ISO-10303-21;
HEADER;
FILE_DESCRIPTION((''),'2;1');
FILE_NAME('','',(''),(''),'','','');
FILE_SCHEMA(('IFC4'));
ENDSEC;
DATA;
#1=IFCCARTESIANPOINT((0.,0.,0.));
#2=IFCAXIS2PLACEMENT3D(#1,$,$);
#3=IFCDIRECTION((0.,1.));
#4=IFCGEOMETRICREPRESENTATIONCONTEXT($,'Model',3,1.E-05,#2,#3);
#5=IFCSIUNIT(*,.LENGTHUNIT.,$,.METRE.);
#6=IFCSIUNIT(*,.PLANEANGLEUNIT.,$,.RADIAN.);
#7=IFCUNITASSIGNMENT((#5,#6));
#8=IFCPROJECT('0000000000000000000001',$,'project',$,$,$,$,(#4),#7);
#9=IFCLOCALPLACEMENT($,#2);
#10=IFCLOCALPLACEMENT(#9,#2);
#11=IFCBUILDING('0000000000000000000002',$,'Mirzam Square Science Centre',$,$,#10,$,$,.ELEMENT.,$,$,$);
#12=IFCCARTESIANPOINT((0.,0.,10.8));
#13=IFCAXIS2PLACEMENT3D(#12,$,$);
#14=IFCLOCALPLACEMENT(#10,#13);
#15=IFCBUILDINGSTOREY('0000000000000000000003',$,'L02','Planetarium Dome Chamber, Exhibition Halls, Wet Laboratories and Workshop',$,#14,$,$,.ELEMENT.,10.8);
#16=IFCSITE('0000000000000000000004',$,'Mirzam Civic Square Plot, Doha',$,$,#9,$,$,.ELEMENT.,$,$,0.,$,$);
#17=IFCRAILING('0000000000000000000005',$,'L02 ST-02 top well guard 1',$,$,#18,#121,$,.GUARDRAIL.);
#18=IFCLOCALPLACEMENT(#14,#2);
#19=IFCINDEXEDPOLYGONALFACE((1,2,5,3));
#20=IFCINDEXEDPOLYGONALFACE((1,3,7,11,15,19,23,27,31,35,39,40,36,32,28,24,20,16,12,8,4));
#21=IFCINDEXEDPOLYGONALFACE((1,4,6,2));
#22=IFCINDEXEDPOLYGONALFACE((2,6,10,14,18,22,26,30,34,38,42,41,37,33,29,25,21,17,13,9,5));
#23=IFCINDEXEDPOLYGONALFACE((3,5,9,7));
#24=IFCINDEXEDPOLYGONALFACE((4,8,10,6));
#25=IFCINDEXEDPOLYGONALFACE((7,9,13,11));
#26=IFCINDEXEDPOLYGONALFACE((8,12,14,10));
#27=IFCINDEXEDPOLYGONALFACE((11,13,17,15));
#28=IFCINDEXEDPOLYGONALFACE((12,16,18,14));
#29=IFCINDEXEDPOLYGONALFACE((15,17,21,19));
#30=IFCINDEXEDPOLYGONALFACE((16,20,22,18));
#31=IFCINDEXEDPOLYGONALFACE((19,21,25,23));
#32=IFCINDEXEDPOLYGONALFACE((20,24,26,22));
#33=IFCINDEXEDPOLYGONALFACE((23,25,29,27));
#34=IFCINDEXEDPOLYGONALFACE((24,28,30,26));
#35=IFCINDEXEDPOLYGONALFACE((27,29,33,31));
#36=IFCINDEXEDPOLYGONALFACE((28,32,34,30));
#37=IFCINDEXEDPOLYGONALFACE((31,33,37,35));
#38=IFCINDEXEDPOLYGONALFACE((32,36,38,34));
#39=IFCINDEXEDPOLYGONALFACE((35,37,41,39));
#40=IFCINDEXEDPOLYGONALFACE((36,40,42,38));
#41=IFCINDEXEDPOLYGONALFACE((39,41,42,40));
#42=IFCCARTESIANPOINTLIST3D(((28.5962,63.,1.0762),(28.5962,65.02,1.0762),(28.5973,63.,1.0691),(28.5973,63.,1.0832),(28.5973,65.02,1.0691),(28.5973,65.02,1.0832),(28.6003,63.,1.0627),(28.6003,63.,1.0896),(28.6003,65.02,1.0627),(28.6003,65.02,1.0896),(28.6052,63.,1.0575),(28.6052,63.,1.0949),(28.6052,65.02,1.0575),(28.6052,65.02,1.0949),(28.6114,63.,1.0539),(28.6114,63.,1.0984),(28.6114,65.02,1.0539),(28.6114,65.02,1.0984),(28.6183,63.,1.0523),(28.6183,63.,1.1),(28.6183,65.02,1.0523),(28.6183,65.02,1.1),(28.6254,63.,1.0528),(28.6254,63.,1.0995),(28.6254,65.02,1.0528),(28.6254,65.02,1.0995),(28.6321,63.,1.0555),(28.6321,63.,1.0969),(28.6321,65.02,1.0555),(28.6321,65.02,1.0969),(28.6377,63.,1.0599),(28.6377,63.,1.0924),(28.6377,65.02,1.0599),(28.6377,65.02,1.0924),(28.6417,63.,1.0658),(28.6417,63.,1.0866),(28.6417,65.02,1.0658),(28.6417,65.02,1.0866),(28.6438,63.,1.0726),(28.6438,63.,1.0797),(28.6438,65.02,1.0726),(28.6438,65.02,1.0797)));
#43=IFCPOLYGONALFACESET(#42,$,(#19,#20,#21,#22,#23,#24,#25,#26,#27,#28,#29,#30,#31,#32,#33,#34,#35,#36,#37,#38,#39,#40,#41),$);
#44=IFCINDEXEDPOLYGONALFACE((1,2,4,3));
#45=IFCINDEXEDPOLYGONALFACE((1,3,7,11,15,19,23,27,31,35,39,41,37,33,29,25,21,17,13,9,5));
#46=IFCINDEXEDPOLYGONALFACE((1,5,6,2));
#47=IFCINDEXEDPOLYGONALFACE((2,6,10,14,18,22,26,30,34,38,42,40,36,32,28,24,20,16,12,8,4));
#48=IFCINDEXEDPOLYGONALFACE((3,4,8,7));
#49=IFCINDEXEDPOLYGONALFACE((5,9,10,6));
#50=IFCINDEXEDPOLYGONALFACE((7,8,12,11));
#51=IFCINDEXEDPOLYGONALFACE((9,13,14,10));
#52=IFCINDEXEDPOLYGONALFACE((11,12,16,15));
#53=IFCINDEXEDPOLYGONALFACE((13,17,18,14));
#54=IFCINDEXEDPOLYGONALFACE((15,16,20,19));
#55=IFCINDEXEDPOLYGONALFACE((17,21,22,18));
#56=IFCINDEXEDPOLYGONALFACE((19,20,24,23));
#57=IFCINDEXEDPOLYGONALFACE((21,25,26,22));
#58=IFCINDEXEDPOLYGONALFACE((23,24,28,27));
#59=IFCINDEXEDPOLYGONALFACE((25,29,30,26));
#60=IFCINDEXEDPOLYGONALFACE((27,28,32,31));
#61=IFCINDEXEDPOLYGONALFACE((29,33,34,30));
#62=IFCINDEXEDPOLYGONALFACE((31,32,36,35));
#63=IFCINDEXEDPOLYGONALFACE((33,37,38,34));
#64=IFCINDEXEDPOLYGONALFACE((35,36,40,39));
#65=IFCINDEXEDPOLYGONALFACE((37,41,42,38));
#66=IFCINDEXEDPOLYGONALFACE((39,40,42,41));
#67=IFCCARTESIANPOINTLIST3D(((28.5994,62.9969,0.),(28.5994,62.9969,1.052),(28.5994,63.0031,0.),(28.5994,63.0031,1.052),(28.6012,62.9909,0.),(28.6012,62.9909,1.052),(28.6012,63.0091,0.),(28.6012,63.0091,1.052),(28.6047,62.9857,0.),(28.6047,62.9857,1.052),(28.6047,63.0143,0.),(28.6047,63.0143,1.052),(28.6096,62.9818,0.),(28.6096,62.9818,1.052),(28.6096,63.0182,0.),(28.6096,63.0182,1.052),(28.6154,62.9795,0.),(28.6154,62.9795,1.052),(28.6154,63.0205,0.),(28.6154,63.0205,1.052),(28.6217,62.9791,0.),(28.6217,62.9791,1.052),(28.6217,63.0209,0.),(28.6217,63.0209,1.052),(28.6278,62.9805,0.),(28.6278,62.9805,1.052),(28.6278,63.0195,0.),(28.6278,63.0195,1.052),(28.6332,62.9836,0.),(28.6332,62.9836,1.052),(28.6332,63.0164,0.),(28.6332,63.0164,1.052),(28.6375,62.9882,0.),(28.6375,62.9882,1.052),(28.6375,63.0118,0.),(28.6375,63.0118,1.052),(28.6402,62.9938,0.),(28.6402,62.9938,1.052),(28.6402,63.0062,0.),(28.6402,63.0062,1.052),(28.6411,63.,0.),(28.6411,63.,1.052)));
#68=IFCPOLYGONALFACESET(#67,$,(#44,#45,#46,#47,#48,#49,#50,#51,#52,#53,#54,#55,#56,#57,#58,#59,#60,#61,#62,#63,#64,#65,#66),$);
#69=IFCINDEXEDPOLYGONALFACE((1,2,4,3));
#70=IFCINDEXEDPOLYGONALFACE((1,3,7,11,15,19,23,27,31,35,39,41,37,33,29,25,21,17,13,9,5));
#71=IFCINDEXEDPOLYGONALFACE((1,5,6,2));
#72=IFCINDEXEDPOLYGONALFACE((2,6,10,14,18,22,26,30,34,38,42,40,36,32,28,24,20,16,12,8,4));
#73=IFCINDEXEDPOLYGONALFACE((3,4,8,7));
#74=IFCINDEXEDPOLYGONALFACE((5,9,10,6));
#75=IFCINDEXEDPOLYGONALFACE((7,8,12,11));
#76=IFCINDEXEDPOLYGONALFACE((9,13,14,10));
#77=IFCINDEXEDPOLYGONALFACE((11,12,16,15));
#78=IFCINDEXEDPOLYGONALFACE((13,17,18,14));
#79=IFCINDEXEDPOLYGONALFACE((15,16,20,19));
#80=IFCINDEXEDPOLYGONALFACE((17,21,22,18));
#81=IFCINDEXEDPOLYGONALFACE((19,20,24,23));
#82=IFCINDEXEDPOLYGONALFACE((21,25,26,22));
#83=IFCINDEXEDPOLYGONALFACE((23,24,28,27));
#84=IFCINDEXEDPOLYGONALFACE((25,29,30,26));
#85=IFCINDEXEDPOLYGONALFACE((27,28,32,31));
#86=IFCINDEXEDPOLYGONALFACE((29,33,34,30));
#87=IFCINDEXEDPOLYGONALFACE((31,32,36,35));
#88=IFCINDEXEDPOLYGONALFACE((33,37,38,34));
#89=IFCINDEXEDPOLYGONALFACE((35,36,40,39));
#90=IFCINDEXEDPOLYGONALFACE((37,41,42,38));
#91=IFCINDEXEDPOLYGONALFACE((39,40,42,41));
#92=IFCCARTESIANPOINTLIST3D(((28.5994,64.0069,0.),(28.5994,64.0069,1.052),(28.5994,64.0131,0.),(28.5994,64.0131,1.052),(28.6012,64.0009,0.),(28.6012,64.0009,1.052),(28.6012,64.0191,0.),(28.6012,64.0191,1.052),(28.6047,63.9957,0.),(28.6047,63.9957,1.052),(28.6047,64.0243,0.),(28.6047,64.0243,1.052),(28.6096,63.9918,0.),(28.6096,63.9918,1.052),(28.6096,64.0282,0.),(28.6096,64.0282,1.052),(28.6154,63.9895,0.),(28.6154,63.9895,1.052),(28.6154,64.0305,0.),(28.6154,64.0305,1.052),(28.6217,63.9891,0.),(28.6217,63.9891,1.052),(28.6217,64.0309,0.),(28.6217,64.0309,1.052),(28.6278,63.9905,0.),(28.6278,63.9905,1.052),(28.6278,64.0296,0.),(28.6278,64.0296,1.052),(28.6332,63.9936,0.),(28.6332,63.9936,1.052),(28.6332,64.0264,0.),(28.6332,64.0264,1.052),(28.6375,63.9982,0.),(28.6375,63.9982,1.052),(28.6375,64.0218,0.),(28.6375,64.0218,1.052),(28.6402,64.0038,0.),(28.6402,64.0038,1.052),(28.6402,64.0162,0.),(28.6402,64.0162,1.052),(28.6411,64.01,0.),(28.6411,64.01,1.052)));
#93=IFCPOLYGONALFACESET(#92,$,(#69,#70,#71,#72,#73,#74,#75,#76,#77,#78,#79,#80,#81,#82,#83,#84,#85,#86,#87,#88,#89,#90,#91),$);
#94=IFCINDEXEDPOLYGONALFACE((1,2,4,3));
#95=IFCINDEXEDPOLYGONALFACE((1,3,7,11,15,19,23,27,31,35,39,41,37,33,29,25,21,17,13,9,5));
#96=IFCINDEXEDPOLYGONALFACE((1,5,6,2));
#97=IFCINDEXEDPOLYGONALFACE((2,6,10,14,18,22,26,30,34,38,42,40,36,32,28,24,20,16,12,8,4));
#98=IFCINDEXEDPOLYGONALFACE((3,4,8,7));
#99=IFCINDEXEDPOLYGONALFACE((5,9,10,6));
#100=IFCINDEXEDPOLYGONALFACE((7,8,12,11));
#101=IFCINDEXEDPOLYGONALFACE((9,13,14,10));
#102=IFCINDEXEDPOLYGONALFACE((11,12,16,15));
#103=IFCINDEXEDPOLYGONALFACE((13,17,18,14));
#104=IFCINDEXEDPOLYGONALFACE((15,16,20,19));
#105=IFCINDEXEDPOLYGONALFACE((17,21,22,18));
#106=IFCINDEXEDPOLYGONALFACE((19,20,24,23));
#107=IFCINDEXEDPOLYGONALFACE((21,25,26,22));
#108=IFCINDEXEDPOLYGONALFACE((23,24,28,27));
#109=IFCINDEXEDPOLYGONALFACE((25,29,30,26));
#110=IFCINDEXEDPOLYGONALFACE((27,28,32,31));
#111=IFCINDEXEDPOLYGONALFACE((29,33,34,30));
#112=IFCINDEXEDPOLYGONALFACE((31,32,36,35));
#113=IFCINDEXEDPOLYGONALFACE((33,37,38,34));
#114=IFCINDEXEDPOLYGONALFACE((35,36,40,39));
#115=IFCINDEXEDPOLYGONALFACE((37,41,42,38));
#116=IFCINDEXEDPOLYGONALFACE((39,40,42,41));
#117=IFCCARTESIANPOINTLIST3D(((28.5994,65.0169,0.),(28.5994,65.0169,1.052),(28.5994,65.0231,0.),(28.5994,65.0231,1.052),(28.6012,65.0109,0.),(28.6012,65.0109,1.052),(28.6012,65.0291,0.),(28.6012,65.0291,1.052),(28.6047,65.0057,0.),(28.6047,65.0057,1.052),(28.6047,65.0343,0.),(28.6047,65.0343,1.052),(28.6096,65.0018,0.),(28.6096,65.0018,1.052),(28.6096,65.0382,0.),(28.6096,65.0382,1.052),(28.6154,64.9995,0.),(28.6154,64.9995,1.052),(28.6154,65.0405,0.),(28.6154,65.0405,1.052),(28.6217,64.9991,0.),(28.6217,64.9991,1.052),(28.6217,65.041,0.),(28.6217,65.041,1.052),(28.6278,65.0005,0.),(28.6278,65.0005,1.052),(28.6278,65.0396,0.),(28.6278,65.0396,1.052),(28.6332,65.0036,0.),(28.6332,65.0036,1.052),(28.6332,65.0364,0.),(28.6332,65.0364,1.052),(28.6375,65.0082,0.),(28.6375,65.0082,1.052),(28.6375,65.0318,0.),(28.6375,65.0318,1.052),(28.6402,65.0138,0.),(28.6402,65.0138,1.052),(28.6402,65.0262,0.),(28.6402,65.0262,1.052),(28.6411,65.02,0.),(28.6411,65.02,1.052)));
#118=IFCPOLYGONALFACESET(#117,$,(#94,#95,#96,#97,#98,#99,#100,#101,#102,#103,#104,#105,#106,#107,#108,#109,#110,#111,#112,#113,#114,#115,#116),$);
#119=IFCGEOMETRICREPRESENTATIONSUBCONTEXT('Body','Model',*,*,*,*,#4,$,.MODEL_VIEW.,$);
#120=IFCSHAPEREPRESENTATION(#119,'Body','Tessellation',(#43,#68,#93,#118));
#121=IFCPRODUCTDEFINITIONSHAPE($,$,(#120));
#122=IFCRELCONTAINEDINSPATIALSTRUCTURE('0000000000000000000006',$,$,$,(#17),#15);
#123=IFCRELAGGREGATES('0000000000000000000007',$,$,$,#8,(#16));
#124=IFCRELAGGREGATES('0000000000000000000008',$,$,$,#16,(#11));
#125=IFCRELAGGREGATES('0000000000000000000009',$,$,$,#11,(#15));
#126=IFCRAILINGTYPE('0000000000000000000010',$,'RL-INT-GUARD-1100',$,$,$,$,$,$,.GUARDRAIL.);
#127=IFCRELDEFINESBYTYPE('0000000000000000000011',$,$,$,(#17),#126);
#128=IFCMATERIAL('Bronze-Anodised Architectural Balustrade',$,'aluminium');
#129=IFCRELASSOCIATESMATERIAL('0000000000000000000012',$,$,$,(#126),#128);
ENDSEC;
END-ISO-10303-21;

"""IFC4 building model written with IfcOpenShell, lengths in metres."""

from ifc_helpers import new_model, si_unit, direction, frame, origin, origin_2d, place, context, subcontext, project, spatial, circle, extrude, material, type_object, element, save


model = new_model("IFC4")

# Units and contexts
model_context = context("Model", 3, precision=1e-05, world=origin(), true_north=direction((0.0, 1.0)))
body_context = subcontext(model_context, "Body", "Model", "MODEL_VIEW")
ifc_project = project(units=[si_unit("LENGTHUNIT", "METRE"), si_unit("PLANEANGLEUNIT", "RADIAN")], contexts=[model_context])

# Site, building, storey
site_placement = place(None, origin())
site = spatial("IfcSite", under=ifc_project, at=site_placement, Name="Mirzam Civic Square Plot, Doha", CompositionType="ELEMENT", RefElevation=0.0)
building_placement = place(site_placement, origin())
building = spatial("IfcBuilding", under=site, at=building_placement, Name="Mirzam Square Science Centre", CompositionType="ELEMENT")
storey_placement = place(building_placement, frame((0.0, 0.0, 10.8)))
storey = spatial("IfcBuildingStorey", under=building, at=storey_placement, Name="L02", Description="Planetarium Dome Chamber, Exhibition Halls, Wet Laboratories and Workshop", CompositionType="ELEMENT", Elevation=10.8)

# Railing
ifc_material_1 = material(Name="Bronze-Anodised Architectural Balustrade", Category="aluminium")
railing_type = type_object("IfcRailingType", Name="RL-INT-GUARD-1100", PredefinedType="GUARDRAIL", material=ifc_material_1)
railing_placement = place(storey_placement, frame((28.6201, 63.0, 0.0)))
element("IfcRailing", 1, at=railing_placement, inside=storey, type_object=railing_type, Name="L02 ST-02 top well guard 1", PredefinedType="GUARDRAIL", context=body_context, shape_type="SweptSolid", body=[
    extrude(circle(Radius=0.0239, at=origin_2d()), frame((0.0, 0.0, 1.0762), z_axis=(0.0, 1.0, 0.0), x_axis=(-1.0, 0.0, 0.0)), (0.0, 0.0, 1.0), 2.02),
    extrude(circle(Radius=0.021, at=origin_2d()), origin(), (0.0, 0.0, 1.0), 1.052),
    extrude(circle(Radius=0.021, at=origin_2d()), frame((0.0, 1.01, 0.0)), (0.0, 0.0, 1.0), 1.052),
    extrude(circle(Radius=0.021, at=origin_2d()), frame((0.0, 2.02, 0.0)), (0.0, 0.0, 1.0), 1.052),
])

save(model, "model.ifc")
